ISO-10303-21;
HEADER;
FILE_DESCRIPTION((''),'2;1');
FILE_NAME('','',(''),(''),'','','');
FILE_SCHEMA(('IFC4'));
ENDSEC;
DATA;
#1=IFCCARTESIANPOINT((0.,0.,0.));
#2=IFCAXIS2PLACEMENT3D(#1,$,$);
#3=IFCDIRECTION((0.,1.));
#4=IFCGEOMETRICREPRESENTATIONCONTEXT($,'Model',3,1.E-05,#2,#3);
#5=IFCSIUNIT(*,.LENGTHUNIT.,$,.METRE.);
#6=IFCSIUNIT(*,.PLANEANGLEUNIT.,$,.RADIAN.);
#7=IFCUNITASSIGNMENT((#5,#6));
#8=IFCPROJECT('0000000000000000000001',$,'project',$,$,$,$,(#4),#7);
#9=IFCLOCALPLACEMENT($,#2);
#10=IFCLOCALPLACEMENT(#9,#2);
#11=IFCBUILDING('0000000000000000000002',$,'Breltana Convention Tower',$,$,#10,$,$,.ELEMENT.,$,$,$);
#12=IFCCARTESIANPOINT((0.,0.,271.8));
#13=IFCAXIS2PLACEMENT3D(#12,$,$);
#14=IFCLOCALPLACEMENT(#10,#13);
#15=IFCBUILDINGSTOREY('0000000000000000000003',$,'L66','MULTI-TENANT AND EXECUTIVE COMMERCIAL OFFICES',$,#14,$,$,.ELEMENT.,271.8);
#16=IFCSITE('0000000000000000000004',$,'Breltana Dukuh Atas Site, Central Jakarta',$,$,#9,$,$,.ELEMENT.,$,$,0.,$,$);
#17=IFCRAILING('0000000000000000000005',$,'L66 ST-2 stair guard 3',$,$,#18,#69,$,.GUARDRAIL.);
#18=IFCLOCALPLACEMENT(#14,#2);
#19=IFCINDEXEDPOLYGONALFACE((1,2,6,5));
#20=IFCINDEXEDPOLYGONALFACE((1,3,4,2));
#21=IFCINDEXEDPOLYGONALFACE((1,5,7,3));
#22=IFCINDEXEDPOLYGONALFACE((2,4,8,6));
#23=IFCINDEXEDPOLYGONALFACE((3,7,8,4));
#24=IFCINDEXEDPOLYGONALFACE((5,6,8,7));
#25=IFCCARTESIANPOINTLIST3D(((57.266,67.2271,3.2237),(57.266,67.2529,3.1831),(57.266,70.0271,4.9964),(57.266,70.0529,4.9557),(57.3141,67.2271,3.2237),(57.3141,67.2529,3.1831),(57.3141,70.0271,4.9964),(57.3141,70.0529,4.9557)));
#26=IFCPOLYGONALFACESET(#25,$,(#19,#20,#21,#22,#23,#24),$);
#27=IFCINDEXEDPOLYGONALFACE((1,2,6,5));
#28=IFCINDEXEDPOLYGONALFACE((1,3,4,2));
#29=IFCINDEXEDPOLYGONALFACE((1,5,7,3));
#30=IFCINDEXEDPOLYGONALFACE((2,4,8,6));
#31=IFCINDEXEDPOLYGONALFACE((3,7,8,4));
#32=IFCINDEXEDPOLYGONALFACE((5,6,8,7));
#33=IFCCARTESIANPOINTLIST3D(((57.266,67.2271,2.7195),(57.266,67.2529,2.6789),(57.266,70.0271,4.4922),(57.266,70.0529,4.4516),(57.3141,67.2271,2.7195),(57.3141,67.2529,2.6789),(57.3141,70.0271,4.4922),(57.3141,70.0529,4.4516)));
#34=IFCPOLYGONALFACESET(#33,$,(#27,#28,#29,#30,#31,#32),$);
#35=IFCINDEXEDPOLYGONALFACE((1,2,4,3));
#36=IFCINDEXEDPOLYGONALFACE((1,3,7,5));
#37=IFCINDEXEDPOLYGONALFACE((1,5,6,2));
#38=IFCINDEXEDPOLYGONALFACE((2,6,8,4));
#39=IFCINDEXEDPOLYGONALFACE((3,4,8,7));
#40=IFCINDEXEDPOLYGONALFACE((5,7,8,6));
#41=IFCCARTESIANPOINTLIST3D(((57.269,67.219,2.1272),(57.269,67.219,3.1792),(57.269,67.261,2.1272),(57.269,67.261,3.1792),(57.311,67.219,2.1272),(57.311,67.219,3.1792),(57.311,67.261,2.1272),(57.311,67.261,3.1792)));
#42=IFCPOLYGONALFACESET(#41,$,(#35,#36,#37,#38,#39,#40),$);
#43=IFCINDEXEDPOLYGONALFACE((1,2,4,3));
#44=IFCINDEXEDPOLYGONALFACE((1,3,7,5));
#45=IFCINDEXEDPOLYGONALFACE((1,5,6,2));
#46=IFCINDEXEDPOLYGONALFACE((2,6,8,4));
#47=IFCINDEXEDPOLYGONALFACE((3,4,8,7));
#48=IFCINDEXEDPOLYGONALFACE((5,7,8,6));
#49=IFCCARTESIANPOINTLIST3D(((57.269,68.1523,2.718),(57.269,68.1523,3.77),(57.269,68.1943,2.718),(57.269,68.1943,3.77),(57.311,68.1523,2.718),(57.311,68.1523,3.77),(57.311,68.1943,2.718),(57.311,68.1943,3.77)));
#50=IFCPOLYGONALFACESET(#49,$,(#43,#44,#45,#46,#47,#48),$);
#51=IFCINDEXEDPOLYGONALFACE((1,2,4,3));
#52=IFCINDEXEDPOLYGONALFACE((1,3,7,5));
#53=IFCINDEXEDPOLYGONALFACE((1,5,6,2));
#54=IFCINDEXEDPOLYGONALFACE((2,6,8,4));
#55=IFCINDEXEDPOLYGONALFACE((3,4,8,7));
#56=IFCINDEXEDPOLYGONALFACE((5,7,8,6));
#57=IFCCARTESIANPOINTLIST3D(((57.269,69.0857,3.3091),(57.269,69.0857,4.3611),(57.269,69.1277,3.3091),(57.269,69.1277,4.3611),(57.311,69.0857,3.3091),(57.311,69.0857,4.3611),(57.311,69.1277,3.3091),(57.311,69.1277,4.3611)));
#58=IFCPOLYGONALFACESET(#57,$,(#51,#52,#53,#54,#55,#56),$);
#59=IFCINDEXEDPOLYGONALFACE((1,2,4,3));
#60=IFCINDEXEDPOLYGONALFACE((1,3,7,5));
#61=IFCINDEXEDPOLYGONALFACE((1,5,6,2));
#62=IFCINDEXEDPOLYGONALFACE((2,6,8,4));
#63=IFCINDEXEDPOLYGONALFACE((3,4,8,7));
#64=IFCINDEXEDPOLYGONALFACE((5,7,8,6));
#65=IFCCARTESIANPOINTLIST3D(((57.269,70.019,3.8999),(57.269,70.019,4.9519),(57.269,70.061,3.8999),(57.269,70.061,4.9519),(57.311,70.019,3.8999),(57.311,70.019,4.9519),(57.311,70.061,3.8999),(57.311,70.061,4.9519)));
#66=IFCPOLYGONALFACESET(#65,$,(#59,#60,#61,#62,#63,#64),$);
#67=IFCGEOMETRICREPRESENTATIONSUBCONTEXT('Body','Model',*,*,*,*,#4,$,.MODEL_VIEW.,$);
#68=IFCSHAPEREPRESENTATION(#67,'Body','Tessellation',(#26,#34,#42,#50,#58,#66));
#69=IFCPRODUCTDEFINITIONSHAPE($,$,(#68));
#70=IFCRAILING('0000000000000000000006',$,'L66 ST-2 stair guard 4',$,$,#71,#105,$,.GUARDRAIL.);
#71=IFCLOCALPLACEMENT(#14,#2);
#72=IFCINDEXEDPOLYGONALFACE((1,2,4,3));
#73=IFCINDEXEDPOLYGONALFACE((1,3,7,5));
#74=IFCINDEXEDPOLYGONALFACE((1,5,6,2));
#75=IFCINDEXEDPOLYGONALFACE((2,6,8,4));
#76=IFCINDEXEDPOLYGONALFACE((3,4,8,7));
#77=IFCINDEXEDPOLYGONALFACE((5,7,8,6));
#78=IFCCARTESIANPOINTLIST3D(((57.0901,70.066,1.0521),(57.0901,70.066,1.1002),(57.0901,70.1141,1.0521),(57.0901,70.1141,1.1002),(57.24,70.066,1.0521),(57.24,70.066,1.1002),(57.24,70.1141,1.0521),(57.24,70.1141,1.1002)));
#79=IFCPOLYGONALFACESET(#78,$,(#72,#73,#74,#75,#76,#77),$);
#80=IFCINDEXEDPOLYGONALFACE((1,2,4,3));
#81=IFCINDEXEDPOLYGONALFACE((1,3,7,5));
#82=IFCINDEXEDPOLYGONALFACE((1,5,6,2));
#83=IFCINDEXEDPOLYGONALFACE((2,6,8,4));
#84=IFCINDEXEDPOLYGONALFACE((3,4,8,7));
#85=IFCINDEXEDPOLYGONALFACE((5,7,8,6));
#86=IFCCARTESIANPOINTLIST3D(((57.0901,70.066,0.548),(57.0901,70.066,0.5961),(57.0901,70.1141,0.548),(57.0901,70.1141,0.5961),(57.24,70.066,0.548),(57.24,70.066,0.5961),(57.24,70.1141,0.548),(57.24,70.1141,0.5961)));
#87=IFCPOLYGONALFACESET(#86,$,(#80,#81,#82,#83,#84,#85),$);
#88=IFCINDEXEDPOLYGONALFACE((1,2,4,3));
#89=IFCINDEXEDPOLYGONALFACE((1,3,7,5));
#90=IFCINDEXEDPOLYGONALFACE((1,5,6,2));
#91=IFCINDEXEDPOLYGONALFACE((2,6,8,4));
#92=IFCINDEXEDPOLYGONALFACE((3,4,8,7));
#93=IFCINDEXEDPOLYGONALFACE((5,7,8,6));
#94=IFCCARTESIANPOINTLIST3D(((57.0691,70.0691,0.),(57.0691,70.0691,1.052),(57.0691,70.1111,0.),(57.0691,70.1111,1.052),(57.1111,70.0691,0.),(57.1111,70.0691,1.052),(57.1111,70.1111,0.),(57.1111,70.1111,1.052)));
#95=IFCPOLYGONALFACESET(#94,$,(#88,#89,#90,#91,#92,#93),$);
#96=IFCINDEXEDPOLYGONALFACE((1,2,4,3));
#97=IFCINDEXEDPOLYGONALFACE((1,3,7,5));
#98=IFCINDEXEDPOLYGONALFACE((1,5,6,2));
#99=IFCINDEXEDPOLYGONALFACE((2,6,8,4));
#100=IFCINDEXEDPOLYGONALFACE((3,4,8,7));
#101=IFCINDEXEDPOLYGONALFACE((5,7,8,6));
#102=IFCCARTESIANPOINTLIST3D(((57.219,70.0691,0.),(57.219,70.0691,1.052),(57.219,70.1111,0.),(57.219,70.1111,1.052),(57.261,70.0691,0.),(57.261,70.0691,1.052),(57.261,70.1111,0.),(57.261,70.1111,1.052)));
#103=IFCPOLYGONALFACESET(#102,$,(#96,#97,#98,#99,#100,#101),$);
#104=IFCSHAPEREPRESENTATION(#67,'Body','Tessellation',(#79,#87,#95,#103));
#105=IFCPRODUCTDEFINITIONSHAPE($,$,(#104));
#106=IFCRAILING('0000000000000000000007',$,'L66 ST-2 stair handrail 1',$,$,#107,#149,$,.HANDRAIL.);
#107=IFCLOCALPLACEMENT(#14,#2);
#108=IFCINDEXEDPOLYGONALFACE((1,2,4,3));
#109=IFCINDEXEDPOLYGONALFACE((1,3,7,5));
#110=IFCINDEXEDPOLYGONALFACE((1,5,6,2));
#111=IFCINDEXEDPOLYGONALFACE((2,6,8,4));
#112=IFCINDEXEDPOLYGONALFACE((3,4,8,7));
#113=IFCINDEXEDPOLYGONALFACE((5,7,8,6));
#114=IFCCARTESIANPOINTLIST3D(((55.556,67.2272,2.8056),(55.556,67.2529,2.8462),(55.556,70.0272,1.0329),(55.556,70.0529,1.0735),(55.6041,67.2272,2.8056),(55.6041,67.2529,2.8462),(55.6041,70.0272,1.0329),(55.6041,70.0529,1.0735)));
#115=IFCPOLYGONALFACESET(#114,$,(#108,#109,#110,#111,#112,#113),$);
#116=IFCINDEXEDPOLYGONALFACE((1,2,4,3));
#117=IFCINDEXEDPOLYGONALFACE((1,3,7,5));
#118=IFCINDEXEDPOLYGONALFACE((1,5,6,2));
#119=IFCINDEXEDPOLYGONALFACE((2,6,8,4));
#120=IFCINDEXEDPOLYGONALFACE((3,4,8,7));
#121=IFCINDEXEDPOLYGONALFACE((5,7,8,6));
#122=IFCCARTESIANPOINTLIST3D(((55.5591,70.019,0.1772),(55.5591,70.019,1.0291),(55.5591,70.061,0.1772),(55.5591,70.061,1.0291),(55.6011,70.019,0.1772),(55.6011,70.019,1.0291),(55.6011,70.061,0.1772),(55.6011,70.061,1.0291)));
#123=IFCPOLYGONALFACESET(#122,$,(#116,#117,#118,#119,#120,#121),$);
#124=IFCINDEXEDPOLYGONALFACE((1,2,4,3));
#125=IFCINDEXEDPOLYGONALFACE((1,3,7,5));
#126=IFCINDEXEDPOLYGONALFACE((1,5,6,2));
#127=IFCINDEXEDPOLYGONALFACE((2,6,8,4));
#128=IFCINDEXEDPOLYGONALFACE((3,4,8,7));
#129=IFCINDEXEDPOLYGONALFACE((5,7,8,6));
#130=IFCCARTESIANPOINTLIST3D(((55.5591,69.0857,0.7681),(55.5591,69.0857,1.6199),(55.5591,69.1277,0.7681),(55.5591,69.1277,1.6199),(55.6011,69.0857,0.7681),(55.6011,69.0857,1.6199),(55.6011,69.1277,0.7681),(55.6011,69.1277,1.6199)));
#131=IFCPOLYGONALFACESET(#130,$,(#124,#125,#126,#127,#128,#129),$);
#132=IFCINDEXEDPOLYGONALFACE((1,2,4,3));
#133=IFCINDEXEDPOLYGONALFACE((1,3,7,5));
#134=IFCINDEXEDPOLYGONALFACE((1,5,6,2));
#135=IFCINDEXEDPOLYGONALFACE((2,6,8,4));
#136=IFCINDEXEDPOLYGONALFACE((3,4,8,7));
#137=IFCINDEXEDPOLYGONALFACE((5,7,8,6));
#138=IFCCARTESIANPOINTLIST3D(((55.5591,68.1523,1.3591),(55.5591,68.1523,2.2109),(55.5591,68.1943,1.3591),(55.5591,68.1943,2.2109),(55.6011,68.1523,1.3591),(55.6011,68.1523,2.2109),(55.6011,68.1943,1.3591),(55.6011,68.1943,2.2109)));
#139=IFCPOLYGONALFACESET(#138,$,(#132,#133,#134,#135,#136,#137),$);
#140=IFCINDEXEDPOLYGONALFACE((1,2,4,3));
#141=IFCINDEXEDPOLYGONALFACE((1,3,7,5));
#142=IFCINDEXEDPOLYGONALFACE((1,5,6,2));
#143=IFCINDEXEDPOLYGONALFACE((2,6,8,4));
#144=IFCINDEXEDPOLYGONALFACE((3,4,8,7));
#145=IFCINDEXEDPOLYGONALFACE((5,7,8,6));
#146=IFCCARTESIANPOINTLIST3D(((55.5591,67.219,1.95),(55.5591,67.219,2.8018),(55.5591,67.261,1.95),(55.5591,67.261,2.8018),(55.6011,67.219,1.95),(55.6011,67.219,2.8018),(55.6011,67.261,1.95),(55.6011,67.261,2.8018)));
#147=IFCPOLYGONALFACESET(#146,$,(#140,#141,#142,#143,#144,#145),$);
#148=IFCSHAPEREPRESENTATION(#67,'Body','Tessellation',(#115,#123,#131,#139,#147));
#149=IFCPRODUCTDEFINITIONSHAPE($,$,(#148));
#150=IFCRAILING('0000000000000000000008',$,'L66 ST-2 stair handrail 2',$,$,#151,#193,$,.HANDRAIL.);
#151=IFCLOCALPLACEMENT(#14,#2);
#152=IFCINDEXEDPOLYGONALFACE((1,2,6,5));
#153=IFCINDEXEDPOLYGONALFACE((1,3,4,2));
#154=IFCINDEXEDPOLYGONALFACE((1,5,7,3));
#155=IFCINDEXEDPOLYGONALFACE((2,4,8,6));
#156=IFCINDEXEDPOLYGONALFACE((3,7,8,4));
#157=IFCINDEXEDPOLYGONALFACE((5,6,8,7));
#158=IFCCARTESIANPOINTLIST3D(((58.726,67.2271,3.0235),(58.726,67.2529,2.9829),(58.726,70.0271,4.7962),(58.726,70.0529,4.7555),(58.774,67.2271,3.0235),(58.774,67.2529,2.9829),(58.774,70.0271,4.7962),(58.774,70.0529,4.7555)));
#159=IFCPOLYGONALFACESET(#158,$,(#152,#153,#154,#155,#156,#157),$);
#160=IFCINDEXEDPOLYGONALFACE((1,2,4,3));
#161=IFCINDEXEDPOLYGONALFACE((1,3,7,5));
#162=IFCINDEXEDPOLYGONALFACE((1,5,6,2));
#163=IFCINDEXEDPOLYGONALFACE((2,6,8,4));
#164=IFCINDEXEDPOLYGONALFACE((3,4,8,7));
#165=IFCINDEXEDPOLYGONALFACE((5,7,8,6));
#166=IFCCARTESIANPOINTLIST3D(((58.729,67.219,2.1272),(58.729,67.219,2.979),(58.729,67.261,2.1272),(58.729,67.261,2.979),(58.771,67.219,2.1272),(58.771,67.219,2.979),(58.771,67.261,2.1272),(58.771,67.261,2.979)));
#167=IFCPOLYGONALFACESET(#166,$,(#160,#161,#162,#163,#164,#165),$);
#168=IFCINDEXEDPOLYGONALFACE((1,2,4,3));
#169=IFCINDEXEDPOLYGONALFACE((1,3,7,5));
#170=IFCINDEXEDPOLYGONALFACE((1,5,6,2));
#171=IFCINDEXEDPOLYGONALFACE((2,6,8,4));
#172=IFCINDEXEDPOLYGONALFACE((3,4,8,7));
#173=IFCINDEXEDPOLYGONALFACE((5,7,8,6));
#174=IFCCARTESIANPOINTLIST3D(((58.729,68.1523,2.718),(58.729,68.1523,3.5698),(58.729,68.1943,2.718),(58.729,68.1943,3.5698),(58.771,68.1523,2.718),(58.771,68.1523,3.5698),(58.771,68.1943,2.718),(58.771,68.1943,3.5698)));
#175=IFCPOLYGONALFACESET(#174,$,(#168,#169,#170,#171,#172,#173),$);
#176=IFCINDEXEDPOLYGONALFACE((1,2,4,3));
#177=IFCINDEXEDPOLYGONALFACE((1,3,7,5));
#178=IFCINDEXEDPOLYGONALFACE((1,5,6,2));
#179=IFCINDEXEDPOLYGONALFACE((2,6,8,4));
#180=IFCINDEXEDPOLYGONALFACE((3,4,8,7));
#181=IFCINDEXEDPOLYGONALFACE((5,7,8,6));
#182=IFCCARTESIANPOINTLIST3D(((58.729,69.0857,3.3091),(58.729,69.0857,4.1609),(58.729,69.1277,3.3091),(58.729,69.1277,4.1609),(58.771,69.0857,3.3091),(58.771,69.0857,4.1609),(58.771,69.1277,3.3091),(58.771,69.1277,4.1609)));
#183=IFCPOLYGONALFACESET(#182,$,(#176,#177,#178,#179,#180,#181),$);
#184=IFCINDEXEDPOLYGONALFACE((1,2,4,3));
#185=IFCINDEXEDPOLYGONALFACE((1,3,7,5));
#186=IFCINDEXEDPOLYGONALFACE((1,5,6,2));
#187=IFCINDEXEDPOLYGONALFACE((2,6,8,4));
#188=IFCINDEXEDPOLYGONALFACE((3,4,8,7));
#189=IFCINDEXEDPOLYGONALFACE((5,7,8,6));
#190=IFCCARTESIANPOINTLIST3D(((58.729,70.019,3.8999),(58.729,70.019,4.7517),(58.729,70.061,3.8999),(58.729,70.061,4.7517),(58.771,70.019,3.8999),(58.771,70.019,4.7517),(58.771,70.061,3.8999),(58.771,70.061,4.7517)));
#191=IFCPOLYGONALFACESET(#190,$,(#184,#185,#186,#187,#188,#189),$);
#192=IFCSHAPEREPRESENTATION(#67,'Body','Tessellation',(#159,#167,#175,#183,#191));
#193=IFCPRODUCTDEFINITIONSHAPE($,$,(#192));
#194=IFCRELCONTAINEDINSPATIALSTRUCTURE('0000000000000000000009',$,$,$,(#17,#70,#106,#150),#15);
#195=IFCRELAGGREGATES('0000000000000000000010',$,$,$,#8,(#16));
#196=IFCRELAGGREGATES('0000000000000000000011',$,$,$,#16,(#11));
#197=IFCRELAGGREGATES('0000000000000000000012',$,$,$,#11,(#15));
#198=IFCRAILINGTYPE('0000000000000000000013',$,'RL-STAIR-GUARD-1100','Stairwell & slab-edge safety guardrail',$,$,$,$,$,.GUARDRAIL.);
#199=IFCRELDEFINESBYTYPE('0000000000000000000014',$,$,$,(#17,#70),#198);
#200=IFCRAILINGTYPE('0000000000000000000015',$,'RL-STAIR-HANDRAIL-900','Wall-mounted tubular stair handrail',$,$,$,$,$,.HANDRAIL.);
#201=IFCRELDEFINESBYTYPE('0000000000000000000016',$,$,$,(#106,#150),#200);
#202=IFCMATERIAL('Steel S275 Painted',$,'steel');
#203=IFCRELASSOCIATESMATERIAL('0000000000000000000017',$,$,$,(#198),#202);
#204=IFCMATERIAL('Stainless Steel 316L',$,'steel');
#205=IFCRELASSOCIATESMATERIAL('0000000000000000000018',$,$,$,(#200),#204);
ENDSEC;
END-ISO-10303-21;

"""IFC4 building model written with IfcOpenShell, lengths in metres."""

from ifc_helpers import new_model, si_unit, direction, frame, origin, origin_2d, place, context, subcontext, project, spatial, rectangle, extrude, material, type_object, element, save


model = new_model("IFC4")

# Units and contexts
model_context = context("Model", 3, precision=1e-05, world=origin(), true_north=direction((0.0, 1.0)))
body_context = subcontext(model_context, "Body", "Model", "MODEL_VIEW")
ifc_project = project(units=[si_unit("LENGTHUNIT", "METRE"), si_unit("PLANEANGLEUNIT", "RADIAN")], contexts=[model_context])

# Site, building, storey
site_placement = place(None, origin())
site = spatial("IfcSite", under=ifc_project, at=site_placement, Name="Breltana Dukuh Atas Site, Central Jakarta", CompositionType="ELEMENT", RefElevation=0.0)
building_placement = place(site_placement, origin())
building = spatial("IfcBuilding", under=site, at=building_placement, Name="Breltana Convention Tower", CompositionType="ELEMENT")
storey_placement = place(building_placement, frame((0.0, 0.0, 271.8)))
storey = spatial("IfcBuildingStorey", under=building, at=storey_placement, Name="L66", Description="MULTI-TENANT AND EXECUTIVE COMMERCIAL OFFICES", CompositionType="ELEMENT", Elevation=271.8)

# Railings
ifc_material_1 = material(Name="Steel S275 Painted", Category="steel")
railing_type_1 = type_object("IfcRailingType", Name="RL-STAIR-GUARD-1100", Description="Stairwell & slab-edge safety guardrail", PredefinedType="GUARDRAIL", material=ifc_material_1)
railing_1_placement = place(storey_placement, frame((57.29, 67.24, 2.1272)))
element("IfcRailing", 1, at=railing_1_placement, inside=storey, type_object=railing_type_1, Name="L66 ST-2 stair guard 3", PredefinedType="GUARDRAIL", context=body_context, shape_type="SweptSolid", body=[
    extrude(rectangle(XDim=0.0481, YDim=0.0481, at=origin_2d()), frame((0.0, 0.0, 1.0762), z_axis=(0.0, 0.844909, 0.53491), x_axis=(-1.0, 0.0, 0.0)), (0.0, 0.0, 1.0), 3.314),
    extrude(rectangle(XDim=0.0481, YDim=0.0481, at=origin_2d()), frame((0.0, 0.0, 0.572), z_axis=(0.0, 0.844909, 0.53491), x_axis=(-1.0, 0.0, 0.0)), (0.0, 0.0, 1.0), 3.314),
    extrude(rectangle(XDim=0.042, YDim=0.042, at=origin_2d()), origin(), (0.0, 0.0, 1.0), 1.052),
    extrude(rectangle(XDim=0.042, YDim=0.042, at=origin_2d()), frame((0.0, 0.9333, 0.5908)), (0.0, 0.0, 1.0), 1.052),
    extrude(rectangle(XDim=0.042, YDim=0.042, at=origin_2d()), frame((0.0, 1.8667, 1.1819)), (0.0, 0.0, 1.0), 1.052),
    extrude(rectangle(XDim=0.042, YDim=0.042, at=origin_2d()), frame((0.0, 2.8, 1.7727)), (0.0, 0.0, 1.0), 1.052),
])
railing_2_placement = place(storey_placement, frame((57.0901, 70.0901, 0.0)))
element("IfcRailing", 2, at=railing_2_placement, inside=storey, type_object=railing_type_1, Name="L66 ST-2 stair guard 4", PredefinedType="GUARDRAIL", context=body_context, shape_type="SweptSolid", body=[
    extrude(rectangle(XDim=0.0481, YDim=0.0481, at=origin_2d()), frame((0.0, 0.0, 1.0762), z_axis=(1.0, 0.0, 0.0), x_axis=(0.0, 1.0, 0.0)), (0.0, 0.0, 1.0), 0.1499),
    extrude(rectangle(XDim=0.0481, YDim=0.0481, at=origin_2d()), frame((0.0, 0.0, 0.572), z_axis=(1.0, 0.0, 0.0), x_axis=(0.0, 1.0, 0.0)), (0.0, 0.0, 1.0), 0.1499),
    extrude(rectangle(XDim=0.042, YDim=0.042, at=origin_2d()), origin(), (0.0, 0.0, 1.0), 1.052),
    extrude(rectangle(XDim=0.042, YDim=0.042, at=origin_2d()), frame((0.1499, 0.0, 0.0)), (0.0, 0.0, 1.0), 1.052),
])
ifc_material_2 = material(Name="Stainless Steel 316L", Category="steel")
railing_type_2 = type_object("IfcRailingType", Name="RL-STAIR-HANDRAIL-900", Description="Wall-mounted tubular stair handrail", PredefinedType="HANDRAIL", material=ifc_material_2)
railing_3_placement = place(storey_placement, frame((55.5801, 70.04, 0.1772)))
element("IfcRailing", 3, at=railing_3_placement, inside=storey, type_object=railing_type_2, Name="L66 ST-2 stair handrail 1", PredefinedType="HANDRAIL", context=body_context, shape_type="SweptSolid", body=[
    extrude(rectangle(XDim=0.0481, YDim=0.0481, at=origin_2d()), frame((0.0, 0.0, 0.876), z_axis=(0.0, -0.844909, 0.53491), x_axis=(1.0, 0.0, 0.0)), (0.0, 0.0, 1.0), 3.314),
    extrude(rectangle(XDim=0.042, YDim=0.042, at=origin_2d()), origin(), (0.0, 0.0, 1.0), 0.8518),
    extrude(rectangle(XDim=0.042, YDim=0.042, at=origin_2d()), frame((0.0, -0.9333, 0.5908)), (0.0, 0.0, 1.0), 0.8518),
    extrude(rectangle(XDim=0.042, YDim=0.042, at=origin_2d()), frame((0.0, -1.8667, 1.1819)), (0.0, 0.0, 1.0), 0.8518),
    extrude(rectangle(XDim=0.042, YDim=0.042, at=origin_2d()), frame((0.0, -2.8, 1.7727)), (0.0, 0.0, 1.0), 0.8518),
])
railing_4_placement = place(storey_placement, frame((58.75, 67.24, 2.1272)))
element("IfcRailing", 4, at=railing_4_placement, inside=storey, type_object=railing_type_2, Name="L66 ST-2 stair handrail 2", PredefinedType="HANDRAIL", context=body_context, shape_type="SweptSolid", body=[
    extrude(rectangle(XDim=0.0481, YDim=0.0481, at=origin_2d()), frame((0.0, 0.0, 0.876), z_axis=(0.0, 0.844909, 0.53491), x_axis=(-1.0, 0.0, 0.0)), (0.0, 0.0, 1.0), 3.314),
    extrude(rectangle(XDim=0.042, YDim=0.042, at=origin_2d()), origin(), (0.0, 0.0, 1.0), 0.8518),
    extrude(rectangle(XDim=0.042, YDim=0.042, at=origin_2d()), frame((0.0, 0.9333, 0.5908)), (0.0, 0.0, 1.0), 0.8518),
    extrude(rectangle(XDim=0.042, YDim=0.042, at=origin_2d()), frame((0.0, 1.8667, 1.1819)), (0.0, 0.0, 1.0), 0.8518),
    extrude(rectangle(XDim=0.042, YDim=0.042, at=origin_2d()), frame((0.0, 2.8, 1.7727)), (0.0, 0.0, 1.0), 0.8518),
])

save(model, "model.ifc")
